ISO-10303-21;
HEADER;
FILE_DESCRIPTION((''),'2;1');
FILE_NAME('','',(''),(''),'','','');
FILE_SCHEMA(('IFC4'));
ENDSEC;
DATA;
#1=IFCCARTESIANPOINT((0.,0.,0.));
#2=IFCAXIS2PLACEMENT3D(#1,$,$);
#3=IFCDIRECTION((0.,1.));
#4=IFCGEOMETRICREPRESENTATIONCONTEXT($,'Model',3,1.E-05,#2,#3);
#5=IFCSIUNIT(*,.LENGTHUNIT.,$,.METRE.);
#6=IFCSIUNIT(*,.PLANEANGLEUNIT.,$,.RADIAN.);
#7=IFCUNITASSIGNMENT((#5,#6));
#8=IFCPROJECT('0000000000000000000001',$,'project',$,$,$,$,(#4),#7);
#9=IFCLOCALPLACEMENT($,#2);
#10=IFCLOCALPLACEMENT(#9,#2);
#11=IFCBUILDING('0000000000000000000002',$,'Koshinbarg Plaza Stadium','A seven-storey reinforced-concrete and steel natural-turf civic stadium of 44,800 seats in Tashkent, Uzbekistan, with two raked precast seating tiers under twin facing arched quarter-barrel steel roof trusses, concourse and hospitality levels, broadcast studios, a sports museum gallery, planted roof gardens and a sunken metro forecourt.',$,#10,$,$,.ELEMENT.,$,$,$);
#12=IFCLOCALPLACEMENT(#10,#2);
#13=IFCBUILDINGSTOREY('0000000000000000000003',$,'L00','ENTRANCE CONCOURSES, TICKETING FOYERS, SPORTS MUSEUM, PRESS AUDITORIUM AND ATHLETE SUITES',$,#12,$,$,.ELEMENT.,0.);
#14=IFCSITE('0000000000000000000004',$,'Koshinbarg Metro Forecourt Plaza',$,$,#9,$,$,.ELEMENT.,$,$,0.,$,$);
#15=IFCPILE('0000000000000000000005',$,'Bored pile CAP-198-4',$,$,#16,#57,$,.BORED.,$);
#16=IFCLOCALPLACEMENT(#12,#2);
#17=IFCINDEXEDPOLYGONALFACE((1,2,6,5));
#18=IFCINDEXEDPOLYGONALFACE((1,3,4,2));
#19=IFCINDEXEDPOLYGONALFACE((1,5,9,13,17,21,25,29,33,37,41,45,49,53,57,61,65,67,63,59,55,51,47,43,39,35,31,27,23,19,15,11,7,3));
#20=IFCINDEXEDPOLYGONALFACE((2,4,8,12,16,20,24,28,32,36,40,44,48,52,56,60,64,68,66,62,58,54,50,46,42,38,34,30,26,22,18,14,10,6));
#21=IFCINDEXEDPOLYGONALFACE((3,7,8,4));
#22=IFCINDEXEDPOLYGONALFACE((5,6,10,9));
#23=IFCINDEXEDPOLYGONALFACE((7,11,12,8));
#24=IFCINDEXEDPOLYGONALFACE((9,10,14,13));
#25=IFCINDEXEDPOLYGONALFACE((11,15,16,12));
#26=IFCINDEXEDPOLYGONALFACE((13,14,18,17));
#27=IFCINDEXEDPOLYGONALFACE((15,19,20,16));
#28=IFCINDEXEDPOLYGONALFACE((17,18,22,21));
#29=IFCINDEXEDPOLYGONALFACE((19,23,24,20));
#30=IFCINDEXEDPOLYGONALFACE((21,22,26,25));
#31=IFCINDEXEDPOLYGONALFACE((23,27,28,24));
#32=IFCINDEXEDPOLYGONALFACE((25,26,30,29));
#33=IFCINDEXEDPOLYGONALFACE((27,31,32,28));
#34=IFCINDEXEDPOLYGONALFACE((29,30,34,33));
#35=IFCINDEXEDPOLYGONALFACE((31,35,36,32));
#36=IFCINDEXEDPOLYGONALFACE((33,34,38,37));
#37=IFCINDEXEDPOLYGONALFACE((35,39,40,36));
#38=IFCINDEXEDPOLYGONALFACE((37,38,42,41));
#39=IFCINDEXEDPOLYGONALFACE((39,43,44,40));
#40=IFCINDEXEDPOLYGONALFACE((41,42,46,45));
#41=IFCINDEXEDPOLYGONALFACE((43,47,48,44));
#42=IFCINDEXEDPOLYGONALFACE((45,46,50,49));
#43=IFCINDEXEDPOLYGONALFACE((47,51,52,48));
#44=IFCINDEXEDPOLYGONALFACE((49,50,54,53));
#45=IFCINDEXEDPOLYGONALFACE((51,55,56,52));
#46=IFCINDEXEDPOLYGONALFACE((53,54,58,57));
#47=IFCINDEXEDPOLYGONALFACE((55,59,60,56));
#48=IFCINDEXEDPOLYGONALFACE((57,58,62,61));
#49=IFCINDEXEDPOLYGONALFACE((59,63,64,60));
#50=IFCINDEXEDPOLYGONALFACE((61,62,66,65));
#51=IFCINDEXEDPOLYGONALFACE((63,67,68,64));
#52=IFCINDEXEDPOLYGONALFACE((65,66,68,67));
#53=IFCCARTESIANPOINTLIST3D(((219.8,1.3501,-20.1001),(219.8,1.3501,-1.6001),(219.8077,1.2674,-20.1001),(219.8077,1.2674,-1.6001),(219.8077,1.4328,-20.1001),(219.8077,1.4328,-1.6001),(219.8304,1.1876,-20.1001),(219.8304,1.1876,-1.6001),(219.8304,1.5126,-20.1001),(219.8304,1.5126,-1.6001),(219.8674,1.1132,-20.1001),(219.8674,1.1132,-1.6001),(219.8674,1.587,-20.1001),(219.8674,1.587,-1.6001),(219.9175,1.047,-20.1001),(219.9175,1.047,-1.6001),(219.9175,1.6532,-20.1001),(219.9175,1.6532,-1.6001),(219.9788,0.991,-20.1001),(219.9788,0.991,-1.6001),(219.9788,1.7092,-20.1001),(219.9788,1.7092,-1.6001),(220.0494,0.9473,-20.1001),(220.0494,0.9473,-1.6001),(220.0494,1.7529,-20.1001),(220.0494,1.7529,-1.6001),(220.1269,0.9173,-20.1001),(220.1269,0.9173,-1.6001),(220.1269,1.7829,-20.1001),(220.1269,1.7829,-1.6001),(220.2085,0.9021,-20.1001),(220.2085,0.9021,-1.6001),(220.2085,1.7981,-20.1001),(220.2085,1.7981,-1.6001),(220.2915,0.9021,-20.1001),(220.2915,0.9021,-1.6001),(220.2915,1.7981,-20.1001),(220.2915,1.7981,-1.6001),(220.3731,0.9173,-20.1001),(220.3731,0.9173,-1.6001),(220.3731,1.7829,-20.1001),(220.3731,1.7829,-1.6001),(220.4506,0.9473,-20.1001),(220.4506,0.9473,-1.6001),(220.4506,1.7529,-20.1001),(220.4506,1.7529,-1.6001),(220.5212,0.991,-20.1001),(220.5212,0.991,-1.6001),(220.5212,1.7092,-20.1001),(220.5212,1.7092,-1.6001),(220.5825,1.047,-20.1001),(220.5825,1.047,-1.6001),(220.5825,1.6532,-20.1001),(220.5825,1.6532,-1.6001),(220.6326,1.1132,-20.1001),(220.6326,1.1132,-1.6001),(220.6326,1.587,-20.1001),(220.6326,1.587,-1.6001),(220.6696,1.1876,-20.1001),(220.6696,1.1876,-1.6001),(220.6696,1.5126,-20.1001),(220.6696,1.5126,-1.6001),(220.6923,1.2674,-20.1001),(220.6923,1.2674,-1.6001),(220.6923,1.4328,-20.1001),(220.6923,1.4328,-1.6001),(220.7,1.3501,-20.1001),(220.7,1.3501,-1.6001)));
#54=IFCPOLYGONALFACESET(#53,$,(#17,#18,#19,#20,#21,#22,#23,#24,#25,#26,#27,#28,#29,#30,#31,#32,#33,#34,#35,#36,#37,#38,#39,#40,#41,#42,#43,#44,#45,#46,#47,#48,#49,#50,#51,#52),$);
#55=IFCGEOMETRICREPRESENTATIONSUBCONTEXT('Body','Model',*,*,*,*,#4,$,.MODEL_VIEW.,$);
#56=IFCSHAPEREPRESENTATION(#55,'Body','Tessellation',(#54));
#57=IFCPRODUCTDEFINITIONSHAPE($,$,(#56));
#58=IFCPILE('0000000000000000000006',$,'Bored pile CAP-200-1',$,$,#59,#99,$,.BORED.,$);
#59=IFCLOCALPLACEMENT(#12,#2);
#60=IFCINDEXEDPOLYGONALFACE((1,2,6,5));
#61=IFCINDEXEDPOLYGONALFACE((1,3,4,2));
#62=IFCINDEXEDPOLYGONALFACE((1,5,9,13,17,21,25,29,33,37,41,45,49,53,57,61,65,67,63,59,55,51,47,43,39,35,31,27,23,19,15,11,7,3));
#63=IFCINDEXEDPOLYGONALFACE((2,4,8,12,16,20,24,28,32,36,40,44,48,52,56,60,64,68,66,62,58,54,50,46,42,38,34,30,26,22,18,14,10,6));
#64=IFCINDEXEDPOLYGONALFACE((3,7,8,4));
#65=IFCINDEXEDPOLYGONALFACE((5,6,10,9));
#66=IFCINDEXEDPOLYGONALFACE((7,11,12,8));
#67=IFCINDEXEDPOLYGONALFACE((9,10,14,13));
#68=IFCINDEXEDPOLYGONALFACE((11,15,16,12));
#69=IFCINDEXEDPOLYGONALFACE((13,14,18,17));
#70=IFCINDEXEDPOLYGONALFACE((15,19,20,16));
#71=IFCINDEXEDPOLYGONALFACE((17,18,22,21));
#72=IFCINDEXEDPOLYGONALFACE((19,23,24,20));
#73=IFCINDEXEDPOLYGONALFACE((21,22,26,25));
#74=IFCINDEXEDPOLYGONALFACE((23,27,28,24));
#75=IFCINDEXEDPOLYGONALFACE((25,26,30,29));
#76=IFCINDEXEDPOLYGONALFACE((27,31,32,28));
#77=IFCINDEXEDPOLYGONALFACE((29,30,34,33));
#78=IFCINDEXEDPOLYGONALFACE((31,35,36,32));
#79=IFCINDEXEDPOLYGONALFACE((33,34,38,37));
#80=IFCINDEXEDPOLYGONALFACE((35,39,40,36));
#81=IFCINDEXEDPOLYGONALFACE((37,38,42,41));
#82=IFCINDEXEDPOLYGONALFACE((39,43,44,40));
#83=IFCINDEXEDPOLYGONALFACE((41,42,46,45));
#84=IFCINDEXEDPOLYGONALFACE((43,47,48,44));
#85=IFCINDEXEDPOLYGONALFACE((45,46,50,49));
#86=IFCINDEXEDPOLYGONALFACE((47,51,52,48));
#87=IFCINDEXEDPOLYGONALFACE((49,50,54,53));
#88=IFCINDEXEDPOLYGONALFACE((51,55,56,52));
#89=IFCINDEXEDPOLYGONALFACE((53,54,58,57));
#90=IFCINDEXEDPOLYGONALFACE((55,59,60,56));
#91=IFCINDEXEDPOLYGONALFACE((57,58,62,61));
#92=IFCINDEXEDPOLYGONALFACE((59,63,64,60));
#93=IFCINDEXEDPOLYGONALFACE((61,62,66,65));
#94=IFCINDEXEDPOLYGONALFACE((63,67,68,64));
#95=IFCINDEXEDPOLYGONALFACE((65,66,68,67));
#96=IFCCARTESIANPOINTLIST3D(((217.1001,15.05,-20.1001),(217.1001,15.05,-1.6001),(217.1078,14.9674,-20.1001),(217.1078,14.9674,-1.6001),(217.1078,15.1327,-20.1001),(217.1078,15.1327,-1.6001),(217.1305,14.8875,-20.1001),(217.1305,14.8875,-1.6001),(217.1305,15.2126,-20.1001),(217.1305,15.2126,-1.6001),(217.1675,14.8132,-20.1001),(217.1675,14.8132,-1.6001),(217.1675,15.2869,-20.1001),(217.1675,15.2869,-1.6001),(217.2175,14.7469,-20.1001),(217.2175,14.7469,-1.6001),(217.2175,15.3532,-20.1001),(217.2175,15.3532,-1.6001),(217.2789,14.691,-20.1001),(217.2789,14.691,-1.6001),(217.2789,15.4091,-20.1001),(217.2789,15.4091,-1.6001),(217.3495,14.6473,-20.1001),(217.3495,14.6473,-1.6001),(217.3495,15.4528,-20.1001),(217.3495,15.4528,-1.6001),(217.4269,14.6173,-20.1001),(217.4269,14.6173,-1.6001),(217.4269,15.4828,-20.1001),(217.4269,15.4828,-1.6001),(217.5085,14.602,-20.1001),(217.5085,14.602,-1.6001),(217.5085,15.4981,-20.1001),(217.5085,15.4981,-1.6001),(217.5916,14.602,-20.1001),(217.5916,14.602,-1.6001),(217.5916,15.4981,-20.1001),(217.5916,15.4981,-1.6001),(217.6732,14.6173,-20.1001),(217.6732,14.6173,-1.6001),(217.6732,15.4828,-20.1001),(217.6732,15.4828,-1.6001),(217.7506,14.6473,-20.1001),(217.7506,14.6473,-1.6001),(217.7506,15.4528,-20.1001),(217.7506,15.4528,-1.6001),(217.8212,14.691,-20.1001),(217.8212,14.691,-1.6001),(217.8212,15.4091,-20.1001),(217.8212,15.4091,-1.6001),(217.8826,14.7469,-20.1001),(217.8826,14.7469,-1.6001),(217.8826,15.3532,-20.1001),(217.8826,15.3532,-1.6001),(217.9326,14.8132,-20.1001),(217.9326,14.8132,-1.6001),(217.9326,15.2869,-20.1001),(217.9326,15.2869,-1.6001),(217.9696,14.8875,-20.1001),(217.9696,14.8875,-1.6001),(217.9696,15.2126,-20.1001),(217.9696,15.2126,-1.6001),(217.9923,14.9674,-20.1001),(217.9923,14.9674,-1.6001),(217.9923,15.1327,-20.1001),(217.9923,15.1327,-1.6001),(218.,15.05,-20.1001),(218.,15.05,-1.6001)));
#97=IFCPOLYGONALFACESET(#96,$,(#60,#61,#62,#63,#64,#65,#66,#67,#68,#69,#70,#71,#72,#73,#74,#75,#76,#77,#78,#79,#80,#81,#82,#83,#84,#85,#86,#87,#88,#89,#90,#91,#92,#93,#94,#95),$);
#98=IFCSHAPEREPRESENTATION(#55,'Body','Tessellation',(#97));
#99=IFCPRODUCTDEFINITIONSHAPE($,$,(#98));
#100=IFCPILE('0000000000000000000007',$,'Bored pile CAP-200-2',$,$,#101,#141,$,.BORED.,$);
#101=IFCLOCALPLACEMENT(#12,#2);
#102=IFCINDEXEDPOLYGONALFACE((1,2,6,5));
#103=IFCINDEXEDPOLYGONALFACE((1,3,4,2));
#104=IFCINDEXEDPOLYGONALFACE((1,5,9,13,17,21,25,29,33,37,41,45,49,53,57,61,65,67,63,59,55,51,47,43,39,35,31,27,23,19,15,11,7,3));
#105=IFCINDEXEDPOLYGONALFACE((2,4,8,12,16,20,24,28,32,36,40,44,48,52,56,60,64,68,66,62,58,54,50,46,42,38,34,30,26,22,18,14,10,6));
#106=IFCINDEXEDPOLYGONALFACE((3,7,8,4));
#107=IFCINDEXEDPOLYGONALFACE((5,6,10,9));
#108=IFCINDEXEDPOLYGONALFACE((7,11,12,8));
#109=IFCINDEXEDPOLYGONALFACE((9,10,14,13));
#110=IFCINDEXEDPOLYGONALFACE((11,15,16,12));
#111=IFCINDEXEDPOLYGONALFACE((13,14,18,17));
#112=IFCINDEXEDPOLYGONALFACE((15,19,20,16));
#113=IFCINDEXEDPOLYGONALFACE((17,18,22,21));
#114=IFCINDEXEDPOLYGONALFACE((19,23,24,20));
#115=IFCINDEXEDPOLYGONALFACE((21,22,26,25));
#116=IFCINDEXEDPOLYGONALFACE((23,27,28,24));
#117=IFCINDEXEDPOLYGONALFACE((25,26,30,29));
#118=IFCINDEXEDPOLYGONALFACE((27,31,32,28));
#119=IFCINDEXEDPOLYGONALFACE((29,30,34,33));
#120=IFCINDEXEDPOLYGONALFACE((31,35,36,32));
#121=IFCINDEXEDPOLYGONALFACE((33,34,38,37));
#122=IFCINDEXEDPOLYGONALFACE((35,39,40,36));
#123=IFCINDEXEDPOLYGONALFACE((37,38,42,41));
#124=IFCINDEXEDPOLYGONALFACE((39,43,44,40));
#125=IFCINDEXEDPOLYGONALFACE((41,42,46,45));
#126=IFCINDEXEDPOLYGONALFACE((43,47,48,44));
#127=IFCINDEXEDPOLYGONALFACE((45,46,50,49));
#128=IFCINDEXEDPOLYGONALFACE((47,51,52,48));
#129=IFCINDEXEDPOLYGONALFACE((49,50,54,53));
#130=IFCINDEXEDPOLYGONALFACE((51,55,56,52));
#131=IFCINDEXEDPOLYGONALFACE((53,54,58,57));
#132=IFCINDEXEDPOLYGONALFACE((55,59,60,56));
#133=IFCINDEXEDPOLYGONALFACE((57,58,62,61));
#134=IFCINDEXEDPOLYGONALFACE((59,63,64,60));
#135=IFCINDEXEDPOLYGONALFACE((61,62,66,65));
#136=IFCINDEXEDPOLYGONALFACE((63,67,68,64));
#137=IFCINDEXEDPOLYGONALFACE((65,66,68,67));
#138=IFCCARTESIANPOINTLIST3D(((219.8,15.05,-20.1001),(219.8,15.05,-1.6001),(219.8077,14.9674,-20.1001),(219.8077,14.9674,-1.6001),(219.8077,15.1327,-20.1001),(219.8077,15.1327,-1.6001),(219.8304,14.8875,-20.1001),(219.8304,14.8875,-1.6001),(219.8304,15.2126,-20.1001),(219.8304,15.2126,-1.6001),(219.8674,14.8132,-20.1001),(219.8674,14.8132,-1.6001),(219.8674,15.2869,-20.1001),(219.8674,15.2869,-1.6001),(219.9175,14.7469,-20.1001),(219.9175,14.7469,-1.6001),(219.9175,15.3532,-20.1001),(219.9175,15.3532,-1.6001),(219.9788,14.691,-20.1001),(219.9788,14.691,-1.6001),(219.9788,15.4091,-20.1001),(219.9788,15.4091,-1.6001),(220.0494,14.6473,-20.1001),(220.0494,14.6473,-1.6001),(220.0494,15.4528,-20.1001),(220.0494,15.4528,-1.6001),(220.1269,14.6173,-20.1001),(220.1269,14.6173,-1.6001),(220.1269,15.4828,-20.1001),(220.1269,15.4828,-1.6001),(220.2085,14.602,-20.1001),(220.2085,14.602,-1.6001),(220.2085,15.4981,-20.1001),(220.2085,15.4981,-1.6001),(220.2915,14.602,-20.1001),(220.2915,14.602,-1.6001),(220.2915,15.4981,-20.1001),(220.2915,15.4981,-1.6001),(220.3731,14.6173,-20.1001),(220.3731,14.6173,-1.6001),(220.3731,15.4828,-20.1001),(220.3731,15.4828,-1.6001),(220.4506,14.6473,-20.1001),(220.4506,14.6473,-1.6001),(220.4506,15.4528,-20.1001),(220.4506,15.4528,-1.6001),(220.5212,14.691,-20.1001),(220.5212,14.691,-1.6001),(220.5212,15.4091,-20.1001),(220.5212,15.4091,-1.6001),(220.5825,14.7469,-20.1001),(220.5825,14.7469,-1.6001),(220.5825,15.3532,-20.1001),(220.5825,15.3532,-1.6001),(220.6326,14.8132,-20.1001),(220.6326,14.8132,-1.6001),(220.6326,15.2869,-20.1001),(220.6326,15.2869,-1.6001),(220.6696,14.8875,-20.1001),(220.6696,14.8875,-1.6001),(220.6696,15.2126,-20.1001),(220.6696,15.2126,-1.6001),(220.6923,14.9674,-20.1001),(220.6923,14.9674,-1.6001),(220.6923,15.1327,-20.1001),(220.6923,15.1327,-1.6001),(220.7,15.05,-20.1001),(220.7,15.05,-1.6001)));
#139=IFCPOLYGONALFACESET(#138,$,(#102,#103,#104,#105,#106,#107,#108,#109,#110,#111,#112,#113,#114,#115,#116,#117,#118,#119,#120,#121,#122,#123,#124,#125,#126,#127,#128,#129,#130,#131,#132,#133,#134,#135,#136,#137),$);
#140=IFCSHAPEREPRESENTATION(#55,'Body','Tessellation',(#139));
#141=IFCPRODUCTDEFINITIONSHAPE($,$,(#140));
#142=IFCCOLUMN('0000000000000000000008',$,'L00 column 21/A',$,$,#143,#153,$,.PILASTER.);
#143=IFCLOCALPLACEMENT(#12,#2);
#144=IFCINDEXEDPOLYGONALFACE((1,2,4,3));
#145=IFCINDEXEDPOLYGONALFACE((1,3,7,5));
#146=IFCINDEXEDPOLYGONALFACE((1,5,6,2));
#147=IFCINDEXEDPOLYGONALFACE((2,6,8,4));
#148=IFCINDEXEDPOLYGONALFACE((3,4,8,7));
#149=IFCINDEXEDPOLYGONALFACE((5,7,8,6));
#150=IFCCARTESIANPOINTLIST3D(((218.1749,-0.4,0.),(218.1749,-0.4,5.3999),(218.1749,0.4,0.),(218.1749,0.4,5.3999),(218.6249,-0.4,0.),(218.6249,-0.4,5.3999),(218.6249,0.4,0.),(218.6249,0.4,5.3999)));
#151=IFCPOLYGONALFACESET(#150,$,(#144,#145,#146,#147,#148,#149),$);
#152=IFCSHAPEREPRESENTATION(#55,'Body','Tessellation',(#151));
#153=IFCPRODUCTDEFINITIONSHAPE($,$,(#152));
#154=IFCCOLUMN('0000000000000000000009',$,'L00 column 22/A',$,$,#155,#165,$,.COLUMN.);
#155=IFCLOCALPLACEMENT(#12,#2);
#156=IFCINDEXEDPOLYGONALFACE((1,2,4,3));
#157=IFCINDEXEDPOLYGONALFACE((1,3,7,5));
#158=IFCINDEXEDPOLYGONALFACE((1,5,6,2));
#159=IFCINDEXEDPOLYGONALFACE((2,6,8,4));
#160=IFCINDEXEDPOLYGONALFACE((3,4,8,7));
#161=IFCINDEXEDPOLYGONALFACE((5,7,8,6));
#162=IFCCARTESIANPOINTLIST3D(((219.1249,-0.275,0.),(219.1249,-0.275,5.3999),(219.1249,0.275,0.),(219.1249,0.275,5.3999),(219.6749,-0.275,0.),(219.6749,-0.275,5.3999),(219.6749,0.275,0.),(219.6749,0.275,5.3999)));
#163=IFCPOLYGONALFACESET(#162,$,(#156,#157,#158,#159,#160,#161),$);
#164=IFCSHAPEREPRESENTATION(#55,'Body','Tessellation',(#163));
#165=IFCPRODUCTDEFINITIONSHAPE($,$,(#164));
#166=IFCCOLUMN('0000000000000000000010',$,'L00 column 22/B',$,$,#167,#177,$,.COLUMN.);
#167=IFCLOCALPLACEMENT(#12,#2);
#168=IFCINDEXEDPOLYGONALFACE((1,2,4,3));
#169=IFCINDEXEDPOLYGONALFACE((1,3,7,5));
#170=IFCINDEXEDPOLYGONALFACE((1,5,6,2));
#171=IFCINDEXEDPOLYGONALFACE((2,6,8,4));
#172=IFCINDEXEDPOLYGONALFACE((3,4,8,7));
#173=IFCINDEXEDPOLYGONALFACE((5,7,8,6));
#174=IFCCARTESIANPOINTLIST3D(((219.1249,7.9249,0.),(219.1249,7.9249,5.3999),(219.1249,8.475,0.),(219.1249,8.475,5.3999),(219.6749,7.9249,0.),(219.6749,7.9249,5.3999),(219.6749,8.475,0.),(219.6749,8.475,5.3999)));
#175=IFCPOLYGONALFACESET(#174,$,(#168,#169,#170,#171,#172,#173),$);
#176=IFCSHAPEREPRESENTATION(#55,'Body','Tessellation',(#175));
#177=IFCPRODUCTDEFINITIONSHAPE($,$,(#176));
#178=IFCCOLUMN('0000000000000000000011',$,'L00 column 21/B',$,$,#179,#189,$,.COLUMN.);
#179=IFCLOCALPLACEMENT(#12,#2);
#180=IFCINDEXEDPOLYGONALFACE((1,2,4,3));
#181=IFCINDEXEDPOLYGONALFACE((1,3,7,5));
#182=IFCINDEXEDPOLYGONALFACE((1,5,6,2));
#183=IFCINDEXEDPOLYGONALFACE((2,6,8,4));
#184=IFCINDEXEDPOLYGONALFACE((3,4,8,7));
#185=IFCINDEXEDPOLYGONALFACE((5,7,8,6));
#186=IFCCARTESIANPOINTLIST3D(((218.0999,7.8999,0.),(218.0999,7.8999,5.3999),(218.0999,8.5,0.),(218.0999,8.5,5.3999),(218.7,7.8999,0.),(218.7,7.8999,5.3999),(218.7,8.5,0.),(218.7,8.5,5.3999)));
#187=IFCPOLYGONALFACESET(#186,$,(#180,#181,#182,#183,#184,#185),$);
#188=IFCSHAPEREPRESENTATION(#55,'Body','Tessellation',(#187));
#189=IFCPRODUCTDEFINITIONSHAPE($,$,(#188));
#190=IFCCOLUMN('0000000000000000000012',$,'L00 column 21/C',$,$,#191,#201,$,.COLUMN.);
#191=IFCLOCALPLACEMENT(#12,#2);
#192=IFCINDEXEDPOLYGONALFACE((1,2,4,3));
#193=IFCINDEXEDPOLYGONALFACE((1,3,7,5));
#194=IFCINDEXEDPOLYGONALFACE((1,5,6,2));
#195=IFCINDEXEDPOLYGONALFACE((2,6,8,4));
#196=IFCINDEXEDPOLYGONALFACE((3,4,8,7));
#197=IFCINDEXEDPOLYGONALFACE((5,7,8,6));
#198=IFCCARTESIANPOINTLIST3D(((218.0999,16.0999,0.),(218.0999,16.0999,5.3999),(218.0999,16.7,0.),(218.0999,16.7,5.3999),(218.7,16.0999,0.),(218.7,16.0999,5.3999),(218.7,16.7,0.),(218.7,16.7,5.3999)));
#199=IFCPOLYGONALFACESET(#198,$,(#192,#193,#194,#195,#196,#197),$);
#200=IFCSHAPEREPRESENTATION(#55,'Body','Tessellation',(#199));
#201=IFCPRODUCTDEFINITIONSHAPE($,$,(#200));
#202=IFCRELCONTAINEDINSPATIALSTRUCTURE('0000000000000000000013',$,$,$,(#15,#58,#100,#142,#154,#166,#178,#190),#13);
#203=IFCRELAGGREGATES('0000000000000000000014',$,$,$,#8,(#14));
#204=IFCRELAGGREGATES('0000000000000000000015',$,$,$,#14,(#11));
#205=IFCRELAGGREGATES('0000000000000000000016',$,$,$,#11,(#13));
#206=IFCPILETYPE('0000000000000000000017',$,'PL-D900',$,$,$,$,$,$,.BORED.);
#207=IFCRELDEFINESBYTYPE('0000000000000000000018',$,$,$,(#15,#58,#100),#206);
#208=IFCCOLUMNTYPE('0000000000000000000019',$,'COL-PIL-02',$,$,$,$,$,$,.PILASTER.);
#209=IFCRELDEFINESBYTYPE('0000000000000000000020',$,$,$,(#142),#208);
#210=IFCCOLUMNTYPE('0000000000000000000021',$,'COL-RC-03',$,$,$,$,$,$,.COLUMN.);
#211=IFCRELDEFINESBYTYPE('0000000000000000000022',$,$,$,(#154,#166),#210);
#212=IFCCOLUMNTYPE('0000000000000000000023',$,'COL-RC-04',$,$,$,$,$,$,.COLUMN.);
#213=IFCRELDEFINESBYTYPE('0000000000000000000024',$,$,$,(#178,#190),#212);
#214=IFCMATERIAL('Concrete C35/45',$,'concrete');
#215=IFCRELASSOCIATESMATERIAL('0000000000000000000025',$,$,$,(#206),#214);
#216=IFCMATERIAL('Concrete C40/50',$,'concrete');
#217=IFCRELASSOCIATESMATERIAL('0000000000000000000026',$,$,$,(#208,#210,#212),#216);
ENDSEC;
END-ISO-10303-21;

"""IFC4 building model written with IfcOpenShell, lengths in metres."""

from ifc_helpers import new_model, si_unit, direction, frame, origin, origin_2d, place, context, subcontext, project, spatial, rectangle, circle, extrude, material, material_profile, profile_set, type_object, element, save


model = new_model("IFC4")

# Units and contexts
model_context = context("Model", 3, precision=1e-05, world=origin(), true_north=direction((0.0, 1.0)))
body_context = subcontext(model_context, "Body", "Model", "MODEL_VIEW")
ifc_project = project(units=[si_unit("LENGTHUNIT", "METRE"), si_unit("PLANEANGLEUNIT", "RADIAN")], contexts=[model_context])

# Site, building, storey
site_placement = place(None, origin())
site = spatial("IfcSite", under=ifc_project, at=site_placement, Name="Koshinbarg Metro Forecourt Plaza", CompositionType="ELEMENT", RefElevation=0.0)
building_placement = place(site_placement, origin())
building = spatial("IfcBuilding", under=site, at=building_placement, Name="Koshinbarg Plaza Stadium", Description="A seven-storey reinforced-concrete and steel natural-turf civic stadium of 44,800 seats in Tashkent, Uzbekistan, with two raked precast seating tiers under twin facing arched quarter-barrel steel roof trusses, concourse and hospitality levels, broadcast studios, a sports museum gallery, planted roof gardens and a sunken metro forecourt.", CompositionType="ELEMENT")
storey_placement = place(building_placement, origin())
storey = spatial("IfcBuildingStorey", under=building, at=storey_placement, Name="L00", Description="ENTRANCE CONCOURSES, TICKETING FOYERS, SPORTS MUSEUM, PRESS AUDITORIUM AND ATHLETE SUITES", CompositionType="ELEMENT", Elevation=0.0)

# Shared definitions
ifc_material_1 = material(Name="Concrete C35/45", Category="concrete")

# Piles
ifc_material_profile_1 = material_profile(ifc_material_1, circle(Radius=0.45, at=origin_2d()), Name="PILE D900")
ifc_profile_set_1 = profile_set([ifc_material_profile_1], Name="Concrete C35/45")
pile_type_1 = type_object("IfcPileType", Name="PL-D900", PredefinedType="BORED", material=ifc_profile_set_1)
for number, where, z_axis, x_axis, name in (
    (1, (220.25, 1.3501, -1.6001), (0.0, 0.0, -1.0), (1.0, 0.0, 0.0), "Bored pile CAP-198-4"),
    (2, (217.55, 15.05, -1.6001), (0.0, 0.0, -1.0), (1.0, 0.0, 0.0), "Bored pile CAP-200-1"),
    (3, (220.25, 15.05, -1.6001), (0.0, 0.0, -1.0), (1.0, 0.0, 0.0), "Bored pile CAP-200-2"),
):
    element("IfcPile", number, at=place(storey_placement, frame(where, z_axis=z_axis, x_axis=x_axis)), inside=storey, type_object=pile_type_1, Name=name, PredefinedType="BORED", context=body_context, shape_type="SweptSolid", body=[
        extrude(circle(Radius=0.45, at=origin_2d()), origin(), (0.0, 0.0, 1.0), 18.5),
    ])

# Columns
ifc_material_2 = material(Name="Concrete C40/50", Category="concrete")
ifc_material_profile_2 = material_profile(ifc_material_2, rectangle(XDim=0.45, YDim=0.8, at=origin_2d()), Name="PIL 450x800")
ifc_profile_set_2 = profile_set([ifc_material_profile_2], Name="Concrete C40/50")
column_type_1 = type_object("IfcColumnType", Name="COL-PIL-02", PredefinedType="PILASTER", material=ifc_profile_set_2)
column_placement = place(storey_placement, frame((218.3999, 0.0, 0.0), z_axis=(0.0, 0.0, 1.0), x_axis=(1.0, 0.0, 0.0)))
element("IfcColumn", 4, at=column_placement, inside=storey, type_object=column_type_1, Name="L00 column 21/A", PredefinedType="PILASTER", context=body_context, shape_type="SweptSolid", body=[
    extrude(rectangle(XDim=0.45, YDim=0.8, at=origin_2d()), origin(), (0.0, 0.0, 1.0), 5.3999),
])
ifc_material_profile_3 = material_profile(ifc_material_2, rectangle(XDim=0.55, YDim=0.55, at=origin_2d()), Name="RC 550x550")
ifc_profile_set_3 = profile_set([ifc_material_profile_3], Name="Concrete C40/50")
column_type_2 = type_object("IfcColumnType", Name="COL-RC-03", PredefinedType="COLUMN", material=ifc_profile_set_3)
for number, where, z_axis, x_axis, name in (
    (5, (219.3999, 0.0, 0.0), (0.0, 0.0, 1.0), (1.0, 0.0, 0.0), "L00 column 22/A"),
    (6, (219.3999, 8.2, 0.0), (0.0, 0.0, 1.0), (1.0, 0.0, 0.0), "L00 column 22/B"),
):
    element("IfcColumn", number, at=place(storey_placement, frame(where, z_axis=z_axis, x_axis=x_axis)), inside=storey, type_object=column_type_2, Name=name, PredefinedType="COLUMN", context=body_context, shape_type="SweptSolid", body=[
        extrude(rectangle(XDim=0.55, YDim=0.55, at=origin_2d()), origin(), (0.0, 0.0, 1.0), 5.3999),
    ])
ifc_material_profile_4 = material_profile(ifc_material_2, rectangle(XDim=0.6001, YDim=0.6001, at=origin_2d()), Name="RC 600x600")
ifc_profile_set_4 = profile_set([ifc_material_profile_4], Name="Concrete C40/50")
column_type_3 = type_object("IfcColumnType", Name="COL-RC-04", PredefinedType="COLUMN", material=ifc_profile_set_4)
for number, where, z_axis, x_axis, name in (
    (7, (218.3999, 8.2, 0.0), (0.0, 0.0, 1.0), (1.0, 0.0, 0.0), "L00 column 21/B"),
    (8, (218.3999, 16.3999, 0.0), (0.0, 0.0, 1.0), (1.0, 0.0, 0.0), "L00 column 21/C"),
):
    element("IfcColumn", number, at=place(storey_placement, frame(where, z_axis=z_axis, x_axis=x_axis)), inside=storey, type_object=column_type_3, Name=name, PredefinedType="COLUMN", context=body_context, shape_type="SweptSolid", body=[
        extrude(rectangle(XDim=0.6001, YDim=0.6001, at=origin_2d()), origin(), (0.0, 0.0, 1.0), 5.3999),
    ])

save(model, "model.ifc")
